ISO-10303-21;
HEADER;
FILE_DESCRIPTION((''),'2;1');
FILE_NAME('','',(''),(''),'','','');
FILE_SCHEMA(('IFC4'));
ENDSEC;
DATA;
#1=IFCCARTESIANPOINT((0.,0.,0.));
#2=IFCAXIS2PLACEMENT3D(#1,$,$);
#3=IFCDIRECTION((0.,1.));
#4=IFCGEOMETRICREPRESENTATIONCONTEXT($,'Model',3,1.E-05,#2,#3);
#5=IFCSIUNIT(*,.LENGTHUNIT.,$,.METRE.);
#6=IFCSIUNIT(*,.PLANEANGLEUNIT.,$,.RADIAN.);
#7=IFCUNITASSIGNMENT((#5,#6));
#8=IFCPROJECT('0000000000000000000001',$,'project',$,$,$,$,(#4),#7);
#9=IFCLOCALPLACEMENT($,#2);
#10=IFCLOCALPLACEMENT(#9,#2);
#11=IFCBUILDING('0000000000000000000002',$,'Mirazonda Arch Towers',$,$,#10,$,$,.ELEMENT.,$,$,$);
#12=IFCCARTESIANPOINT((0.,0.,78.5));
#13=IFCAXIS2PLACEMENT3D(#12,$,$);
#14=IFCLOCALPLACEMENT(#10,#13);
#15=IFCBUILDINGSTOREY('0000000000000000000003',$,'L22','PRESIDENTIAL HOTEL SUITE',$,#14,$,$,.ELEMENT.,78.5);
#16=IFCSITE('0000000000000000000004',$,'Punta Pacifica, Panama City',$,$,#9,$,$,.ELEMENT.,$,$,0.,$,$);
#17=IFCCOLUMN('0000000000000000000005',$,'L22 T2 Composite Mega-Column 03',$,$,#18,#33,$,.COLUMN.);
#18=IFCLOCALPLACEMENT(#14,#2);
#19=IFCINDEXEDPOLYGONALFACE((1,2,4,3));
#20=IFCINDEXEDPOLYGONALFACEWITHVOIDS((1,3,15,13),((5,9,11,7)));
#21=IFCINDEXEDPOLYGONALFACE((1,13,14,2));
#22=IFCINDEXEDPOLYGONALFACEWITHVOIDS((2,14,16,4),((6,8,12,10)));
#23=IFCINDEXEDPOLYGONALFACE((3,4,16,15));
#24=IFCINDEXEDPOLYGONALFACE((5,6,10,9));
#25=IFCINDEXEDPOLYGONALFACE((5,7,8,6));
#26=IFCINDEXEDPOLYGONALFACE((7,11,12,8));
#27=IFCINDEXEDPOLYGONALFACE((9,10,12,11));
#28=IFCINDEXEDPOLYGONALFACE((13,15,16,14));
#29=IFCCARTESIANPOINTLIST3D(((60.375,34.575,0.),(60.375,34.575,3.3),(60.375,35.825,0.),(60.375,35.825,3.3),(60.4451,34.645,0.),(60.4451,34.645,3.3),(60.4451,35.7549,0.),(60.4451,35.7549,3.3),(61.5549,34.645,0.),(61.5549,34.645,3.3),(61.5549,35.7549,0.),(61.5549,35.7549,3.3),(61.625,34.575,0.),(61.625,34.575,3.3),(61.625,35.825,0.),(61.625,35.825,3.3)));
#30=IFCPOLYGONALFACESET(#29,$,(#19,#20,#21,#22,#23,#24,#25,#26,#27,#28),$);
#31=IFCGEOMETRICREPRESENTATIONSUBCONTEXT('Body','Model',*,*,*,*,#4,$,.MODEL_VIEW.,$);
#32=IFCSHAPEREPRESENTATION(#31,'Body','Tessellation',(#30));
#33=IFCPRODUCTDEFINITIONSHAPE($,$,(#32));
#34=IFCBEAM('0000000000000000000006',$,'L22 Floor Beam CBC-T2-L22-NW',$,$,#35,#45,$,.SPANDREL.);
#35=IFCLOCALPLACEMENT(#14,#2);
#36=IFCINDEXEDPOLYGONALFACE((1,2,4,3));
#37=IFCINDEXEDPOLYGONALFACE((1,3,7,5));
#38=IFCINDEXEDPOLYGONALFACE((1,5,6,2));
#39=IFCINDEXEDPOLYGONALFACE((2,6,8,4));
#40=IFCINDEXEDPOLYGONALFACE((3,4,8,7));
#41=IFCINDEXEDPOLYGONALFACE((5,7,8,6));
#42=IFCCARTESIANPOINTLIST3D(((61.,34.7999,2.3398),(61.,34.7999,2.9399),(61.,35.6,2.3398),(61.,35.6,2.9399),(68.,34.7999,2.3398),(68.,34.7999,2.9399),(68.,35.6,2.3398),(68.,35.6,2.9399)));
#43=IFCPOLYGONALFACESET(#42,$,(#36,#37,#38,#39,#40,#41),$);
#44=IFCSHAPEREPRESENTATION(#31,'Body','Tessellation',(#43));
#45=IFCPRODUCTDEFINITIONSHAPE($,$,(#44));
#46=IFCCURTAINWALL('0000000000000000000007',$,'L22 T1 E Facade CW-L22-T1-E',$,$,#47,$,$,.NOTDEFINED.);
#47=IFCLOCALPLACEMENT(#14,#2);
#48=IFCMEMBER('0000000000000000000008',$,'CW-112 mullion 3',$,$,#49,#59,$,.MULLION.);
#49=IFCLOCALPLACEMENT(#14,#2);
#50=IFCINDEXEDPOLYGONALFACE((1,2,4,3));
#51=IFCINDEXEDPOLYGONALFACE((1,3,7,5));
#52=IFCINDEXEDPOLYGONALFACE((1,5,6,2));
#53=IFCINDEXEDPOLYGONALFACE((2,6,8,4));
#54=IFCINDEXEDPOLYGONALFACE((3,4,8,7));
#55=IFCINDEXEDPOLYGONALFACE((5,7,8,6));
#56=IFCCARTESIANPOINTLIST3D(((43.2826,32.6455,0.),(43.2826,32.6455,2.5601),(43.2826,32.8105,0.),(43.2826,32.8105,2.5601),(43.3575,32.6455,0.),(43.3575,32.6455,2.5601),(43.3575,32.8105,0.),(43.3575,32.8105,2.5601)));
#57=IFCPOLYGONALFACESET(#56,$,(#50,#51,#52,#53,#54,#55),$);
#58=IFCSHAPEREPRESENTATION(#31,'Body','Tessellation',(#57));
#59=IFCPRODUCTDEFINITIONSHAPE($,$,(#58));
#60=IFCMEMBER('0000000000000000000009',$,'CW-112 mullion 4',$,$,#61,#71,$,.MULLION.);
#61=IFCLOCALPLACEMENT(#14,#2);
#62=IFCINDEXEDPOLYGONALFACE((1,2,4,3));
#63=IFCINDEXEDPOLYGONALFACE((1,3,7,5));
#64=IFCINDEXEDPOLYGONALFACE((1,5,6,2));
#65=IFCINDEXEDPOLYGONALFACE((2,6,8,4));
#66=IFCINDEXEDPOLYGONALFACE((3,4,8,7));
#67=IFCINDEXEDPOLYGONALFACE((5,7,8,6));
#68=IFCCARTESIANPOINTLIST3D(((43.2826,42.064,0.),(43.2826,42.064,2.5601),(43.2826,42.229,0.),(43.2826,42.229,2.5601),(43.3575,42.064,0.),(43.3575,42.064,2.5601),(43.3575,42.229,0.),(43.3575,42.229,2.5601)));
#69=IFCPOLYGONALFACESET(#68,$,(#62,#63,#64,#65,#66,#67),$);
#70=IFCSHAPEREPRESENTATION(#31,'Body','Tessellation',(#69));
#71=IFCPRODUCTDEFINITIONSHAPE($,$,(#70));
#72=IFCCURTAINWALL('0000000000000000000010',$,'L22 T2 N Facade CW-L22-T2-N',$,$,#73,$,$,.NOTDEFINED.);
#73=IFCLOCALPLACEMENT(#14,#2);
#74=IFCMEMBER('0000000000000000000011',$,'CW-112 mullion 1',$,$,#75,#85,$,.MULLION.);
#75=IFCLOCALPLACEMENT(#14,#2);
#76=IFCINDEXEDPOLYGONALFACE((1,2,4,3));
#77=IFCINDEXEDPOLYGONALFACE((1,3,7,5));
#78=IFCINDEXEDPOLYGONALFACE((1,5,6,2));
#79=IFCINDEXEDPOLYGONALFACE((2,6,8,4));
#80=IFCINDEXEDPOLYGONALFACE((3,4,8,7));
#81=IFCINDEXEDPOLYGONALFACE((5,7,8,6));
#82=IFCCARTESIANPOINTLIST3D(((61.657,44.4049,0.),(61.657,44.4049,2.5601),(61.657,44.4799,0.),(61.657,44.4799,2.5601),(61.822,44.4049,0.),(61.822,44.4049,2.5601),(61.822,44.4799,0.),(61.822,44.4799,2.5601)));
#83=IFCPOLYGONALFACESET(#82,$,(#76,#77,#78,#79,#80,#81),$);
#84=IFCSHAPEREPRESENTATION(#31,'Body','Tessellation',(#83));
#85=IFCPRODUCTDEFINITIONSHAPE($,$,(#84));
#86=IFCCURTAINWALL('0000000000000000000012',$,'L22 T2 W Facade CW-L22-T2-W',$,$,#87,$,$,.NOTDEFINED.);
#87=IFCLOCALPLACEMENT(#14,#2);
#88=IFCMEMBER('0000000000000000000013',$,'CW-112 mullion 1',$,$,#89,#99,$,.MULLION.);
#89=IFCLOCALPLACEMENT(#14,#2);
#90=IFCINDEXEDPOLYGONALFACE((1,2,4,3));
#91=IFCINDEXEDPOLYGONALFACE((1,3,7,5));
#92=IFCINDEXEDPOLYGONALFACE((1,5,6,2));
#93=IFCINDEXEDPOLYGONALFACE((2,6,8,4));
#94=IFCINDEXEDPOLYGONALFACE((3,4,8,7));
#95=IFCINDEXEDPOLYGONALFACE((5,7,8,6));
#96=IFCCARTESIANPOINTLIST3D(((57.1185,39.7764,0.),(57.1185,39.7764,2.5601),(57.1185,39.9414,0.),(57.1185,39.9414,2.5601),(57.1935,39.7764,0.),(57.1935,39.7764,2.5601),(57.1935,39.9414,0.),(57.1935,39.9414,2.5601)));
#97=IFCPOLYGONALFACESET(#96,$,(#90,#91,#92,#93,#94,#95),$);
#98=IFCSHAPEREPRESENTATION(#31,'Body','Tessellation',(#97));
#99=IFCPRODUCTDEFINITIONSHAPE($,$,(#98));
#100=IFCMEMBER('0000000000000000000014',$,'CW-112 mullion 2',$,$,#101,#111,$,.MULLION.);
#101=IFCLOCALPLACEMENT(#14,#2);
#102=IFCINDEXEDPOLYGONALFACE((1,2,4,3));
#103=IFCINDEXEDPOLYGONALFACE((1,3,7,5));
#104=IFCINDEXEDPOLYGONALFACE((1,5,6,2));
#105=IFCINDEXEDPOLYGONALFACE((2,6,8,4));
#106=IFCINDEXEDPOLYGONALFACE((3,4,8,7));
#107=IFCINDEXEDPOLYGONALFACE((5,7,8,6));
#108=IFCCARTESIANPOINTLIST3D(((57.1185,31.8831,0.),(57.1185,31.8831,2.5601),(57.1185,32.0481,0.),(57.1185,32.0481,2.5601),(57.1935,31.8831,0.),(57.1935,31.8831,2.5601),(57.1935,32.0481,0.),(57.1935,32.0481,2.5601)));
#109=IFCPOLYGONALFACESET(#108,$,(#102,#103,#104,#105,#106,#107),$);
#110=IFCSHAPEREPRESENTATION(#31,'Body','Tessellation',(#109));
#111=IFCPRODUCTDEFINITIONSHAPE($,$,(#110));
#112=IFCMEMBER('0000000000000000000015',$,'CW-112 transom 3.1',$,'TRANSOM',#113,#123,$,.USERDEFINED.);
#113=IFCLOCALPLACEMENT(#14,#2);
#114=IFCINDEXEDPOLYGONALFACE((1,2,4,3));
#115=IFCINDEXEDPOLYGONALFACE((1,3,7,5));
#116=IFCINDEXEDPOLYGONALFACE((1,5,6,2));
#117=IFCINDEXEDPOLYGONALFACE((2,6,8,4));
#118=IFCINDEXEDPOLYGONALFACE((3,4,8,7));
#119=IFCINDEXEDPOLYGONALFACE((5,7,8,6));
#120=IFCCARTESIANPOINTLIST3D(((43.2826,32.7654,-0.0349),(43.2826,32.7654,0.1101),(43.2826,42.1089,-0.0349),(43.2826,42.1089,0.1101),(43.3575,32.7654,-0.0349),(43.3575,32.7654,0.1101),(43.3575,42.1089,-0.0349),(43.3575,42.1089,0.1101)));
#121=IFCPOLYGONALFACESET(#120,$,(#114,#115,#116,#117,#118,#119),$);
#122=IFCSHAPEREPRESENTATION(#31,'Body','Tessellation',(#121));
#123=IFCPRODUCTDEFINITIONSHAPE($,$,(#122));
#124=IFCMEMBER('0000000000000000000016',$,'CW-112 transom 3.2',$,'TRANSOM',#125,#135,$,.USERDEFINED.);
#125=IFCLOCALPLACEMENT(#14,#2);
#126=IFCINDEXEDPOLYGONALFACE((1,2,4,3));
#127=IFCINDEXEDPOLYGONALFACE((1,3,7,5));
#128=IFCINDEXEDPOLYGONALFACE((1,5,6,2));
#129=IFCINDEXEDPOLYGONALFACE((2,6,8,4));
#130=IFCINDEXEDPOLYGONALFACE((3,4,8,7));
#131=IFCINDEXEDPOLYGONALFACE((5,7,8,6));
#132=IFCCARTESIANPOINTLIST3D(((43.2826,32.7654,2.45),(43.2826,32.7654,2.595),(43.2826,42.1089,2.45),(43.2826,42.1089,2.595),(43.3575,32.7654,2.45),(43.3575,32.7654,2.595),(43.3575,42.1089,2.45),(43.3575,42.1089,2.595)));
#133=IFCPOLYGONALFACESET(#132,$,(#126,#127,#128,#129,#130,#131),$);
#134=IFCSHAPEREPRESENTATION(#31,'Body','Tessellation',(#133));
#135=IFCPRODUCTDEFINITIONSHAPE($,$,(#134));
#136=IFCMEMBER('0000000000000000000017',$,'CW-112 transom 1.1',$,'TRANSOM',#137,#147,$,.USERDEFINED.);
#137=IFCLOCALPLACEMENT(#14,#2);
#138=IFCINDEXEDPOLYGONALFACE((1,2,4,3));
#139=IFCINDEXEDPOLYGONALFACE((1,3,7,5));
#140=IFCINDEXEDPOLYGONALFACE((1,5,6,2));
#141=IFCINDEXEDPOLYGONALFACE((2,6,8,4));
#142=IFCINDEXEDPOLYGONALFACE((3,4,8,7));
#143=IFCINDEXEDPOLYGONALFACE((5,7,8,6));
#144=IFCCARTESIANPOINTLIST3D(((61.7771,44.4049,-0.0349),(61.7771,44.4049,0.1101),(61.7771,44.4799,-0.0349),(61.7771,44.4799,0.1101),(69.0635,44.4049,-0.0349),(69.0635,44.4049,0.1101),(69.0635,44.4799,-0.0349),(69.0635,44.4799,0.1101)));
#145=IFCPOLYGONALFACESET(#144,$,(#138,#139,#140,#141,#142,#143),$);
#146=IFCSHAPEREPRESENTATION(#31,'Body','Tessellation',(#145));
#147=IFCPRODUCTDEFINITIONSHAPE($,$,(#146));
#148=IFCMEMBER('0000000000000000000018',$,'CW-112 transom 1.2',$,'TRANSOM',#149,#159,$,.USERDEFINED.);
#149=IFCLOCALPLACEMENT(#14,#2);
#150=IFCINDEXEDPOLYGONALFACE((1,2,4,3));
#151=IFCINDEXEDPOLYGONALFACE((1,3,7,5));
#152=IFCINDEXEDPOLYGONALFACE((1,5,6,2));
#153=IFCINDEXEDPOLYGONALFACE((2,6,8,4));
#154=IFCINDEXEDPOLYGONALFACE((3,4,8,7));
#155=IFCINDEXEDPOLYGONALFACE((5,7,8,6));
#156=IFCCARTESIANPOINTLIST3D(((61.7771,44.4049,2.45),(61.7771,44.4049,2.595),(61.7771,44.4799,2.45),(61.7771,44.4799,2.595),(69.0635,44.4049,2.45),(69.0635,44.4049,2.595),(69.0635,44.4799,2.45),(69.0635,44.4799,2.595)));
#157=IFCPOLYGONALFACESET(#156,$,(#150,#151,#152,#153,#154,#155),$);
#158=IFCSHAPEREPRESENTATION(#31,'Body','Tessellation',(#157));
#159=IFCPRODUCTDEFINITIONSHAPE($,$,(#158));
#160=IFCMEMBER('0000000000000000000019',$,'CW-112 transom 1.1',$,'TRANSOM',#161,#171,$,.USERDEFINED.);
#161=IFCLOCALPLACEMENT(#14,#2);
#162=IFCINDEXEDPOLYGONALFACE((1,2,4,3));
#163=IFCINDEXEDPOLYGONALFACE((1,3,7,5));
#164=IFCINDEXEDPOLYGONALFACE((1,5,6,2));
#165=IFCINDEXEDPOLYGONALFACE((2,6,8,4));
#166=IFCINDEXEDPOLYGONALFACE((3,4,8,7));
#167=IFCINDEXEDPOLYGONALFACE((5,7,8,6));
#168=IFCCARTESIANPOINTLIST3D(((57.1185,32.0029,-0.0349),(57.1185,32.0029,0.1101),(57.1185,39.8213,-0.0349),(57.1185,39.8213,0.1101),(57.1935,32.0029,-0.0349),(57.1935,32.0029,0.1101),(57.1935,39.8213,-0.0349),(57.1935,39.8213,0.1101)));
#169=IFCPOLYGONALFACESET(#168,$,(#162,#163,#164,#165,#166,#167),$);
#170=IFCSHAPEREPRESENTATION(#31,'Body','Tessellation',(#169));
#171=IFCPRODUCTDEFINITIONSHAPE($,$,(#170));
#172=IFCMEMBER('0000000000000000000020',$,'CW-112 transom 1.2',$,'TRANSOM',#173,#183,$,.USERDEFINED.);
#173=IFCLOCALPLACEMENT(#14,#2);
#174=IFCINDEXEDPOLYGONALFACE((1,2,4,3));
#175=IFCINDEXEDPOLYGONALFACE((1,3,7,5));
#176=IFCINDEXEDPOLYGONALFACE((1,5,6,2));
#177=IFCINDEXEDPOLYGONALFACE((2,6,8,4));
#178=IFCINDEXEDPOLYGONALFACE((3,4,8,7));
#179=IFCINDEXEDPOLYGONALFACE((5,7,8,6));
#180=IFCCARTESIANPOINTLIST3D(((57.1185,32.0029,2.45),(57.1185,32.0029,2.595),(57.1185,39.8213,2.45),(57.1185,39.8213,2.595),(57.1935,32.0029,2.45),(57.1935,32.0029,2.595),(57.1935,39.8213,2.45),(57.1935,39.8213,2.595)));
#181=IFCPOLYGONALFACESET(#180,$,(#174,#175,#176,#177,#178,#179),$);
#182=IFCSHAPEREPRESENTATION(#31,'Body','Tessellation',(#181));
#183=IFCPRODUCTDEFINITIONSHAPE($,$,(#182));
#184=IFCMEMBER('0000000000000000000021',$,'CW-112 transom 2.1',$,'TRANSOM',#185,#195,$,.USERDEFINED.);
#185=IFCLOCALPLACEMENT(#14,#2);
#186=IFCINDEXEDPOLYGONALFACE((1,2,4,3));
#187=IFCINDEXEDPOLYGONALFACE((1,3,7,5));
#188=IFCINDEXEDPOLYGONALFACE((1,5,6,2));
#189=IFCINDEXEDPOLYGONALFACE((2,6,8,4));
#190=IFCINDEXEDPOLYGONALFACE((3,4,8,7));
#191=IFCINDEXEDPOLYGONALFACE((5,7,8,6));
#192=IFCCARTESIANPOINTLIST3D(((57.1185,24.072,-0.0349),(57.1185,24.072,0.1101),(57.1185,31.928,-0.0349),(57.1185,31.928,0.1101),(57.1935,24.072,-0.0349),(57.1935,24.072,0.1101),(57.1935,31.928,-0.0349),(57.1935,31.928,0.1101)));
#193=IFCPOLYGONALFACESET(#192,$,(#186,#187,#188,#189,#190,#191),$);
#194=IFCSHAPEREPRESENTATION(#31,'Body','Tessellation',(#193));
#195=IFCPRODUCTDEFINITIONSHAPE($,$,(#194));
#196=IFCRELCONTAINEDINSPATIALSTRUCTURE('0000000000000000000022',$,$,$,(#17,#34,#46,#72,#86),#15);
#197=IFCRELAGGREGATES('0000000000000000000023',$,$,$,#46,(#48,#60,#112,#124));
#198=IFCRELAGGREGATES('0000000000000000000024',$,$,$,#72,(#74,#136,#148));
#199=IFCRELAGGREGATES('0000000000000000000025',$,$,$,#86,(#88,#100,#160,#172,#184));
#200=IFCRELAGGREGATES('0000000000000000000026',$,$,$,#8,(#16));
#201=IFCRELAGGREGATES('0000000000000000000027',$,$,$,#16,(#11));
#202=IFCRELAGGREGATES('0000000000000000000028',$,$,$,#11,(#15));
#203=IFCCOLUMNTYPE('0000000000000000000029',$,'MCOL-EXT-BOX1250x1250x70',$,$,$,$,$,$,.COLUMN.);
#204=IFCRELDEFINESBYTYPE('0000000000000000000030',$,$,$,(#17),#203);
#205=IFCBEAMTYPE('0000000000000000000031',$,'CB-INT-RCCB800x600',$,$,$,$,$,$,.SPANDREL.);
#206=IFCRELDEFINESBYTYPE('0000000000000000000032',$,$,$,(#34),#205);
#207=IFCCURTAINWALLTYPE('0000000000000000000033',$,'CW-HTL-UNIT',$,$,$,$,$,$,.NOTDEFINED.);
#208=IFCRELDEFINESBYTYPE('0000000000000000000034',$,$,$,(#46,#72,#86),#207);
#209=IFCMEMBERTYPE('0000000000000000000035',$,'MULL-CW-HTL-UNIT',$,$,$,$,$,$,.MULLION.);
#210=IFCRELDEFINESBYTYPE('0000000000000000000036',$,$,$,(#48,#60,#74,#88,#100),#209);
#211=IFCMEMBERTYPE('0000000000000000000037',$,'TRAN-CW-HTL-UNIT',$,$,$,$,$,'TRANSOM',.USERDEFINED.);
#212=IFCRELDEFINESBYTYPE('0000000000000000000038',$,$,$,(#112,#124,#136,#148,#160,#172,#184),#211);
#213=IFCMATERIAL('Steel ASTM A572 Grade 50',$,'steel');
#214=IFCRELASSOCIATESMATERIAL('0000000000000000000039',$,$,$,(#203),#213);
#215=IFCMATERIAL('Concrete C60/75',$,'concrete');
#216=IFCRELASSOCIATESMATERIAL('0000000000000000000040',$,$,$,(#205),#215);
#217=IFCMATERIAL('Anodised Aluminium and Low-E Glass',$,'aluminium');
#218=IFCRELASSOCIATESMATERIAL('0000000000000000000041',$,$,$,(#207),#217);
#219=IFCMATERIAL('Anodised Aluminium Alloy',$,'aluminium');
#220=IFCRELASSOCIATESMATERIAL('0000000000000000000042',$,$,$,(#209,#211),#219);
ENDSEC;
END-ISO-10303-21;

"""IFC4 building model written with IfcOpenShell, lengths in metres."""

from ifc_helpers import new_model, si_unit, direction, frame, origin, origin_2d, place, context, subcontext, project, spatial, rectangle, hollow_rectangle, extrude, material, material_profile, profile_set, type_object, element, aggregate, save


model = new_model("IFC4")

# Units and contexts
model_context = context("Model", 3, precision=1e-05, world=origin(), true_north=direction((0.0, 1.0)))
body_context = subcontext(model_context, "Body", "Model", "MODEL_VIEW")
ifc_project = project(units=[si_unit("LENGTHUNIT", "METRE"), si_unit("PLANEANGLEUNIT", "RADIAN")], contexts=[model_context])

# Site, building, storey
site_placement = place(None, origin())
site = spatial("IfcSite", under=ifc_project, at=site_placement, Name="Punta Pacifica, Panama City", CompositionType="ELEMENT", RefElevation=0.0)
building_placement = place(site_placement, origin())
building = spatial("IfcBuilding", under=site, at=building_placement, Name="Mirazonda Arch Towers", CompositionType="ELEMENT")
storey_placement = place(building_placement, frame((0.0, 0.0, 78.5)))
storey = spatial("IfcBuildingStorey", under=building, at=storey_placement, Name="L22", Description="PRESIDENTIAL HOTEL SUITE", CompositionType="ELEMENT", Elevation=78.5)

# Column
ifc_material_1 = material(Name="Steel ASTM A572 Grade 50", Category="steel")
ifc_material_profile_1 = material_profile(ifc_material_1, hollow_rectangle(XDim=1.25, YDim=1.25, WallThickness=0.0701, at=origin_2d()), Name="BOX1250x1250x70")
ifc_profile_set_1 = profile_set([ifc_material_profile_1], Name="Steel ASTM A572 Grade 50")
column_type = type_object("IfcColumnType", Name="MCOL-EXT-BOX1250x1250x70", PredefinedType="COLUMN", material=ifc_profile_set_1)
column_placement = place(storey_placement, frame((61.0, 35.2, 0.0), z_axis=(0.0, 0.0, 1.0), x_axis=(1.0, 0.0, 0.0)))
element("IfcColumn", 1, at=column_placement, inside=storey, type_object=column_type, Name="L22 T2 Composite Mega-Column 03", PredefinedType="COLUMN", context=body_context, shape_type="SweptSolid", body=[
    extrude(hollow_rectangle(XDim=1.25, YDim=1.25, WallThickness=0.0701, at=origin_2d()), origin(), (0.0, 0.0, 1.0), 3.3),
])

# Beam
ifc_material_2 = material(Name="Concrete C60/75", Category="concrete")
ifc_material_profile_2 = material_profile(ifc_material_2, rectangle(XDim=0.8, YDim=0.6001, at=origin_2d()), Name="RCCB800x600")
ifc_profile_set_2 = profile_set([ifc_material_profile_2], Name="Concrete C60/75")
beam_type = type_object("IfcBeamType", Name="CB-INT-RCCB800x600", PredefinedType="SPANDREL", material=ifc_profile_set_2)
beam_placement = place(storey_placement, frame((61.0, 35.2, 2.6399), z_axis=(1.0, 0.0, 0.0), x_axis=(0.0, 1.0, 0.0)))
element("IfcBeam", 2, at=beam_placement, inside=storey, type_object=beam_type, Name="L22 Floor Beam CBC-T2-L22-NW", PredefinedType="SPANDREL", context=body_context, shape_type="SweptSolid", body=[
    extrude(rectangle(XDim=0.8, YDim=0.6001, at=origin_2d()), origin(), (0.0, 0.0, 1.0), 7.0),
])

# Curtain wall, members
ifc_material_3 = material(Name="Anodised Aluminium and Low-E Glass", Category="aluminium")
curtain_wall_type = type_object("IfcCurtainWallType", Name="CW-HTL-UNIT", PredefinedType="NOTDEFINED", material=ifc_material_3)
curtain_wall_1_placement = place(storey_placement, origin())
curtain_wall_1 = element("IfcCurtainWall", 3, at=curtain_wall_1_placement, inside=storey, type_object=curtain_wall_type, Name="L22 T1 E Facade CW-L22-T1-E", PredefinedType="NOTDEFINED")
ifc_material_4 = material(Name="Anodised Aluminium Alloy", Category="aluminium")
ifc_material_profile_3 = material_profile(ifc_material_4, rectangle(XDim=0.075, YDim=0.165, at=origin_2d()), Name="ALU-MULL-75x165")
ifc_profile_set_3 = profile_set([ifc_material_profile_3], Name="Anodised Aluminium Alloy")
member_type_1 = type_object("IfcMemberType", Name="MULL-CW-HTL-UNIT", PredefinedType="MULLION", material=ifc_profile_set_3)
member_1_placement = place(storey_placement, frame((43.3201, 32.728, 0.0), z_axis=(0.0, 0.0, 1.0), x_axis=(-1.0, 0.0, 0.0)))
member_1 = element("IfcMember", 4, at=member_1_placement, type_object=member_type_1, Name="CW-112 mullion 3", PredefinedType="MULLION", context=body_context, shape_type="SweptSolid", body=[
    extrude(rectangle(XDim=0.075, YDim=0.165, at=origin_2d()), origin(), (0.0, 0.0, 1.0), 2.5601),
])
member_2_placement = place(storey_placement, frame((43.3201, 42.1465, 0.0), z_axis=(0.0, 0.0, 1.0), x_axis=(-1.0, 0.0, 0.0)))
member_2 = element("IfcMember", 5, at=member_2_placement, type_object=member_type_1, Name="CW-112 mullion 4", PredefinedType="MULLION", context=body_context, shape_type="SweptSolid", body=[
    extrude(rectangle(XDim=0.075, YDim=0.165, at=origin_2d()), origin(), (0.0, 0.0, 1.0), 2.5601),
])

# Curtain wall, member
curtain_wall_2_placement = place(storey_placement, origin())
curtain_wall_2 = element("IfcCurtainWall", 6, at=curtain_wall_2_placement, inside=storey, type_object=curtain_wall_type, Name="L22 T2 N Facade CW-L22-T2-N", PredefinedType="NOTDEFINED")
member_3_placement = place(storey_placement, frame((61.7395, 44.4424, 0.0), z_axis=(0.0, 0.0, 1.0), x_axis=(0.0, 1.0, 0.0)))
member_3 = element("IfcMember", 7, at=member_3_placement, type_object=member_type_1, Name="CW-112 mullion 1", PredefinedType="MULLION", context=body_context, shape_type="SweptSolid", body=[
    extrude(rectangle(XDim=0.075, YDim=0.165, at=origin_2d()), origin(), (0.0, 0.0, 1.0), 2.5601),
])

# Curtain wall, members
curtain_wall_3_placement = place(storey_placement, origin())
curtain_wall_3 = element("IfcCurtainWall", 8, at=curtain_wall_3_placement, inside=storey, type_object=curtain_wall_type, Name="L22 T2 W Facade CW-L22-T2-W", PredefinedType="NOTDEFINED")
member_4_placement = place(storey_placement, frame((57.156, 39.8589, 0.0), z_axis=(0.0, 0.0, 1.0), x_axis=(1.0, 0.0, 0.0)))
member_4 = element("IfcMember", 9, at=member_4_placement, type_object=member_type_1, Name="CW-112 mullion 1", PredefinedType="MULLION", context=body_context, shape_type="SweptSolid", body=[
    extrude(rectangle(XDim=0.075, YDim=0.165, at=origin_2d()), origin(), (0.0, 0.0, 1.0), 2.5601),
])
member_5_placement = place(storey_placement, frame((57.156, 31.9656, 0.0), z_axis=(0.0, 0.0, 1.0), x_axis=(1.0, 0.0, 0.0)))
member_5 = element("IfcMember", 10, at=member_5_placement, type_object=member_type_1, Name="CW-112 mullion 2", PredefinedType="MULLION", context=body_context, shape_type="SweptSolid", body=[
    extrude(rectangle(XDim=0.075, YDim=0.165, at=origin_2d()), origin(), (0.0, 0.0, 1.0), 2.5601),
])

# Members
ifc_material_profile_4 = material_profile(ifc_material_4, rectangle(XDim=0.075, YDim=0.145, at=origin_2d()), Name="ALU-TRAN-75x145")
ifc_profile_set_4 = profile_set([ifc_material_profile_4], Name="Anodised Aluminium Alloy")
member_type_2 = type_object("IfcMemberType", Name="TRAN-CW-HTL-UNIT", ElementType="TRANSOM", PredefinedType="USERDEFINED", material=ifc_profile_set_4)
member_6_placement = place(storey_placement, frame((43.3201, 32.7654, 0.0376), z_axis=(0.0, 1.0, 0.0), x_axis=(-1.0, 0.0, 0.0)))
member_6 = element("IfcMember", 11, at=member_6_placement, type_object=member_type_2, Name="CW-112 transom 3.1", ObjectType="TRANSOM", PredefinedType="USERDEFINED", context=body_context, shape_type="SweptSolid", body=[
    extrude(rectangle(XDim=0.075, YDim=0.145, at=origin_2d()), origin(), (0.0, 0.0, 1.0), 9.3435),
])
member_7_placement = place(storey_placement, frame((43.3201, 32.7654, 2.5225), z_axis=(0.0, 1.0, 0.0), x_axis=(-1.0, 0.0, 0.0)))
member_7 = element("IfcMember", 12, at=member_7_placement, type_object=member_type_2, Name="CW-112 transom 3.2", ObjectType="TRANSOM", PredefinedType="USERDEFINED", context=body_context, shape_type="SweptSolid", body=[
    extrude(rectangle(XDim=0.075, YDim=0.145, at=origin_2d()), origin(), (0.0, 0.0, 1.0), 9.3435),
])
member_8_placement = place(storey_placement, frame((61.7771, 44.4424, 0.0376), z_axis=(1.0, 0.0, 0.0), x_axis=(0.0, 1.0, 0.0)))
member_8 = element("IfcMember", 13, at=member_8_placement, type_object=member_type_2, Name="CW-112 transom 1.1", ObjectType="TRANSOM", PredefinedType="USERDEFINED", context=body_context, shape_type="SweptSolid", body=[
    extrude(rectangle(XDim=0.075, YDim=0.145, at=origin_2d()), origin(), (0.0, 0.0, 1.0), 7.2864),
])
member_9_placement = place(storey_placement, frame((61.7771, 44.4424, 2.5225), z_axis=(1.0, 0.0, 0.0), x_axis=(0.0, 1.0, 0.0)))
member_9 = element("IfcMember", 14, at=member_9_placement, type_object=member_type_2, Name="CW-112 transom 1.2", ObjectType="TRANSOM", PredefinedType="USERDEFINED", context=body_context, shape_type="SweptSolid", body=[
    extrude(rectangle(XDim=0.075, YDim=0.145, at=origin_2d()), origin(), (0.0, 0.0, 1.0), 7.2864),
])
member_10_placement = place(storey_placement, frame((57.156, 39.8213, 0.0376), z_axis=(0.0, -1.0, 0.0), x_axis=(1.0, 0.0, 0.0)))
member_10 = element("IfcMember", 15, at=member_10_placement, type_object=member_type_2, Name="CW-112 transom 1.1", ObjectType="TRANSOM", PredefinedType="USERDEFINED", context=body_context, shape_type="SweptSolid", body=[
    extrude(rectangle(XDim=0.075, YDim=0.145, at=origin_2d()), origin(), (0.0, 0.0, 1.0), 7.8184),
])
member_11_placement = place(storey_placement, frame((57.156, 39.8213, 2.5225), z_axis=(0.0, -1.0, 0.0), x_axis=(1.0, 0.0, 0.0)))
member_11 = element("IfcMember", 16, at=member_11_placement, type_object=member_type_2, Name="CW-112 transom 1.2", ObjectType="TRANSOM", PredefinedType="USERDEFINED", context=body_context, shape_type="SweptSolid", body=[
    extrude(rectangle(XDim=0.075, YDim=0.145, at=origin_2d()), origin(), (0.0, 0.0, 1.0), 7.8184),
])
member_12_placement = place(storey_placement, frame((57.156, 31.928, 0.0376), z_axis=(0.0, -1.0, 0.0), x_axis=(1.0, 0.0, 0.0)))
member_12 = element("IfcMember", 17, at=member_12_placement, type_object=member_type_2, Name="CW-112 transom 2.1", ObjectType="TRANSOM", PredefinedType="USERDEFINED", context=body_context, shape_type="SweptSolid", body=[
    extrude(rectangle(XDim=0.075, YDim=0.145, at=origin_2d()), origin(), (0.0, 0.0, 1.0), 7.856),
])

aggregate(curtain_wall_1, [member_1, member_2, member_6, member_7])
aggregate(curtain_wall_2, [member_3, member_8, member_9])
aggregate(curtain_wall_3, [member_4, member_5, member_10, member_11, member_12])

save(model, "model.ifc")
